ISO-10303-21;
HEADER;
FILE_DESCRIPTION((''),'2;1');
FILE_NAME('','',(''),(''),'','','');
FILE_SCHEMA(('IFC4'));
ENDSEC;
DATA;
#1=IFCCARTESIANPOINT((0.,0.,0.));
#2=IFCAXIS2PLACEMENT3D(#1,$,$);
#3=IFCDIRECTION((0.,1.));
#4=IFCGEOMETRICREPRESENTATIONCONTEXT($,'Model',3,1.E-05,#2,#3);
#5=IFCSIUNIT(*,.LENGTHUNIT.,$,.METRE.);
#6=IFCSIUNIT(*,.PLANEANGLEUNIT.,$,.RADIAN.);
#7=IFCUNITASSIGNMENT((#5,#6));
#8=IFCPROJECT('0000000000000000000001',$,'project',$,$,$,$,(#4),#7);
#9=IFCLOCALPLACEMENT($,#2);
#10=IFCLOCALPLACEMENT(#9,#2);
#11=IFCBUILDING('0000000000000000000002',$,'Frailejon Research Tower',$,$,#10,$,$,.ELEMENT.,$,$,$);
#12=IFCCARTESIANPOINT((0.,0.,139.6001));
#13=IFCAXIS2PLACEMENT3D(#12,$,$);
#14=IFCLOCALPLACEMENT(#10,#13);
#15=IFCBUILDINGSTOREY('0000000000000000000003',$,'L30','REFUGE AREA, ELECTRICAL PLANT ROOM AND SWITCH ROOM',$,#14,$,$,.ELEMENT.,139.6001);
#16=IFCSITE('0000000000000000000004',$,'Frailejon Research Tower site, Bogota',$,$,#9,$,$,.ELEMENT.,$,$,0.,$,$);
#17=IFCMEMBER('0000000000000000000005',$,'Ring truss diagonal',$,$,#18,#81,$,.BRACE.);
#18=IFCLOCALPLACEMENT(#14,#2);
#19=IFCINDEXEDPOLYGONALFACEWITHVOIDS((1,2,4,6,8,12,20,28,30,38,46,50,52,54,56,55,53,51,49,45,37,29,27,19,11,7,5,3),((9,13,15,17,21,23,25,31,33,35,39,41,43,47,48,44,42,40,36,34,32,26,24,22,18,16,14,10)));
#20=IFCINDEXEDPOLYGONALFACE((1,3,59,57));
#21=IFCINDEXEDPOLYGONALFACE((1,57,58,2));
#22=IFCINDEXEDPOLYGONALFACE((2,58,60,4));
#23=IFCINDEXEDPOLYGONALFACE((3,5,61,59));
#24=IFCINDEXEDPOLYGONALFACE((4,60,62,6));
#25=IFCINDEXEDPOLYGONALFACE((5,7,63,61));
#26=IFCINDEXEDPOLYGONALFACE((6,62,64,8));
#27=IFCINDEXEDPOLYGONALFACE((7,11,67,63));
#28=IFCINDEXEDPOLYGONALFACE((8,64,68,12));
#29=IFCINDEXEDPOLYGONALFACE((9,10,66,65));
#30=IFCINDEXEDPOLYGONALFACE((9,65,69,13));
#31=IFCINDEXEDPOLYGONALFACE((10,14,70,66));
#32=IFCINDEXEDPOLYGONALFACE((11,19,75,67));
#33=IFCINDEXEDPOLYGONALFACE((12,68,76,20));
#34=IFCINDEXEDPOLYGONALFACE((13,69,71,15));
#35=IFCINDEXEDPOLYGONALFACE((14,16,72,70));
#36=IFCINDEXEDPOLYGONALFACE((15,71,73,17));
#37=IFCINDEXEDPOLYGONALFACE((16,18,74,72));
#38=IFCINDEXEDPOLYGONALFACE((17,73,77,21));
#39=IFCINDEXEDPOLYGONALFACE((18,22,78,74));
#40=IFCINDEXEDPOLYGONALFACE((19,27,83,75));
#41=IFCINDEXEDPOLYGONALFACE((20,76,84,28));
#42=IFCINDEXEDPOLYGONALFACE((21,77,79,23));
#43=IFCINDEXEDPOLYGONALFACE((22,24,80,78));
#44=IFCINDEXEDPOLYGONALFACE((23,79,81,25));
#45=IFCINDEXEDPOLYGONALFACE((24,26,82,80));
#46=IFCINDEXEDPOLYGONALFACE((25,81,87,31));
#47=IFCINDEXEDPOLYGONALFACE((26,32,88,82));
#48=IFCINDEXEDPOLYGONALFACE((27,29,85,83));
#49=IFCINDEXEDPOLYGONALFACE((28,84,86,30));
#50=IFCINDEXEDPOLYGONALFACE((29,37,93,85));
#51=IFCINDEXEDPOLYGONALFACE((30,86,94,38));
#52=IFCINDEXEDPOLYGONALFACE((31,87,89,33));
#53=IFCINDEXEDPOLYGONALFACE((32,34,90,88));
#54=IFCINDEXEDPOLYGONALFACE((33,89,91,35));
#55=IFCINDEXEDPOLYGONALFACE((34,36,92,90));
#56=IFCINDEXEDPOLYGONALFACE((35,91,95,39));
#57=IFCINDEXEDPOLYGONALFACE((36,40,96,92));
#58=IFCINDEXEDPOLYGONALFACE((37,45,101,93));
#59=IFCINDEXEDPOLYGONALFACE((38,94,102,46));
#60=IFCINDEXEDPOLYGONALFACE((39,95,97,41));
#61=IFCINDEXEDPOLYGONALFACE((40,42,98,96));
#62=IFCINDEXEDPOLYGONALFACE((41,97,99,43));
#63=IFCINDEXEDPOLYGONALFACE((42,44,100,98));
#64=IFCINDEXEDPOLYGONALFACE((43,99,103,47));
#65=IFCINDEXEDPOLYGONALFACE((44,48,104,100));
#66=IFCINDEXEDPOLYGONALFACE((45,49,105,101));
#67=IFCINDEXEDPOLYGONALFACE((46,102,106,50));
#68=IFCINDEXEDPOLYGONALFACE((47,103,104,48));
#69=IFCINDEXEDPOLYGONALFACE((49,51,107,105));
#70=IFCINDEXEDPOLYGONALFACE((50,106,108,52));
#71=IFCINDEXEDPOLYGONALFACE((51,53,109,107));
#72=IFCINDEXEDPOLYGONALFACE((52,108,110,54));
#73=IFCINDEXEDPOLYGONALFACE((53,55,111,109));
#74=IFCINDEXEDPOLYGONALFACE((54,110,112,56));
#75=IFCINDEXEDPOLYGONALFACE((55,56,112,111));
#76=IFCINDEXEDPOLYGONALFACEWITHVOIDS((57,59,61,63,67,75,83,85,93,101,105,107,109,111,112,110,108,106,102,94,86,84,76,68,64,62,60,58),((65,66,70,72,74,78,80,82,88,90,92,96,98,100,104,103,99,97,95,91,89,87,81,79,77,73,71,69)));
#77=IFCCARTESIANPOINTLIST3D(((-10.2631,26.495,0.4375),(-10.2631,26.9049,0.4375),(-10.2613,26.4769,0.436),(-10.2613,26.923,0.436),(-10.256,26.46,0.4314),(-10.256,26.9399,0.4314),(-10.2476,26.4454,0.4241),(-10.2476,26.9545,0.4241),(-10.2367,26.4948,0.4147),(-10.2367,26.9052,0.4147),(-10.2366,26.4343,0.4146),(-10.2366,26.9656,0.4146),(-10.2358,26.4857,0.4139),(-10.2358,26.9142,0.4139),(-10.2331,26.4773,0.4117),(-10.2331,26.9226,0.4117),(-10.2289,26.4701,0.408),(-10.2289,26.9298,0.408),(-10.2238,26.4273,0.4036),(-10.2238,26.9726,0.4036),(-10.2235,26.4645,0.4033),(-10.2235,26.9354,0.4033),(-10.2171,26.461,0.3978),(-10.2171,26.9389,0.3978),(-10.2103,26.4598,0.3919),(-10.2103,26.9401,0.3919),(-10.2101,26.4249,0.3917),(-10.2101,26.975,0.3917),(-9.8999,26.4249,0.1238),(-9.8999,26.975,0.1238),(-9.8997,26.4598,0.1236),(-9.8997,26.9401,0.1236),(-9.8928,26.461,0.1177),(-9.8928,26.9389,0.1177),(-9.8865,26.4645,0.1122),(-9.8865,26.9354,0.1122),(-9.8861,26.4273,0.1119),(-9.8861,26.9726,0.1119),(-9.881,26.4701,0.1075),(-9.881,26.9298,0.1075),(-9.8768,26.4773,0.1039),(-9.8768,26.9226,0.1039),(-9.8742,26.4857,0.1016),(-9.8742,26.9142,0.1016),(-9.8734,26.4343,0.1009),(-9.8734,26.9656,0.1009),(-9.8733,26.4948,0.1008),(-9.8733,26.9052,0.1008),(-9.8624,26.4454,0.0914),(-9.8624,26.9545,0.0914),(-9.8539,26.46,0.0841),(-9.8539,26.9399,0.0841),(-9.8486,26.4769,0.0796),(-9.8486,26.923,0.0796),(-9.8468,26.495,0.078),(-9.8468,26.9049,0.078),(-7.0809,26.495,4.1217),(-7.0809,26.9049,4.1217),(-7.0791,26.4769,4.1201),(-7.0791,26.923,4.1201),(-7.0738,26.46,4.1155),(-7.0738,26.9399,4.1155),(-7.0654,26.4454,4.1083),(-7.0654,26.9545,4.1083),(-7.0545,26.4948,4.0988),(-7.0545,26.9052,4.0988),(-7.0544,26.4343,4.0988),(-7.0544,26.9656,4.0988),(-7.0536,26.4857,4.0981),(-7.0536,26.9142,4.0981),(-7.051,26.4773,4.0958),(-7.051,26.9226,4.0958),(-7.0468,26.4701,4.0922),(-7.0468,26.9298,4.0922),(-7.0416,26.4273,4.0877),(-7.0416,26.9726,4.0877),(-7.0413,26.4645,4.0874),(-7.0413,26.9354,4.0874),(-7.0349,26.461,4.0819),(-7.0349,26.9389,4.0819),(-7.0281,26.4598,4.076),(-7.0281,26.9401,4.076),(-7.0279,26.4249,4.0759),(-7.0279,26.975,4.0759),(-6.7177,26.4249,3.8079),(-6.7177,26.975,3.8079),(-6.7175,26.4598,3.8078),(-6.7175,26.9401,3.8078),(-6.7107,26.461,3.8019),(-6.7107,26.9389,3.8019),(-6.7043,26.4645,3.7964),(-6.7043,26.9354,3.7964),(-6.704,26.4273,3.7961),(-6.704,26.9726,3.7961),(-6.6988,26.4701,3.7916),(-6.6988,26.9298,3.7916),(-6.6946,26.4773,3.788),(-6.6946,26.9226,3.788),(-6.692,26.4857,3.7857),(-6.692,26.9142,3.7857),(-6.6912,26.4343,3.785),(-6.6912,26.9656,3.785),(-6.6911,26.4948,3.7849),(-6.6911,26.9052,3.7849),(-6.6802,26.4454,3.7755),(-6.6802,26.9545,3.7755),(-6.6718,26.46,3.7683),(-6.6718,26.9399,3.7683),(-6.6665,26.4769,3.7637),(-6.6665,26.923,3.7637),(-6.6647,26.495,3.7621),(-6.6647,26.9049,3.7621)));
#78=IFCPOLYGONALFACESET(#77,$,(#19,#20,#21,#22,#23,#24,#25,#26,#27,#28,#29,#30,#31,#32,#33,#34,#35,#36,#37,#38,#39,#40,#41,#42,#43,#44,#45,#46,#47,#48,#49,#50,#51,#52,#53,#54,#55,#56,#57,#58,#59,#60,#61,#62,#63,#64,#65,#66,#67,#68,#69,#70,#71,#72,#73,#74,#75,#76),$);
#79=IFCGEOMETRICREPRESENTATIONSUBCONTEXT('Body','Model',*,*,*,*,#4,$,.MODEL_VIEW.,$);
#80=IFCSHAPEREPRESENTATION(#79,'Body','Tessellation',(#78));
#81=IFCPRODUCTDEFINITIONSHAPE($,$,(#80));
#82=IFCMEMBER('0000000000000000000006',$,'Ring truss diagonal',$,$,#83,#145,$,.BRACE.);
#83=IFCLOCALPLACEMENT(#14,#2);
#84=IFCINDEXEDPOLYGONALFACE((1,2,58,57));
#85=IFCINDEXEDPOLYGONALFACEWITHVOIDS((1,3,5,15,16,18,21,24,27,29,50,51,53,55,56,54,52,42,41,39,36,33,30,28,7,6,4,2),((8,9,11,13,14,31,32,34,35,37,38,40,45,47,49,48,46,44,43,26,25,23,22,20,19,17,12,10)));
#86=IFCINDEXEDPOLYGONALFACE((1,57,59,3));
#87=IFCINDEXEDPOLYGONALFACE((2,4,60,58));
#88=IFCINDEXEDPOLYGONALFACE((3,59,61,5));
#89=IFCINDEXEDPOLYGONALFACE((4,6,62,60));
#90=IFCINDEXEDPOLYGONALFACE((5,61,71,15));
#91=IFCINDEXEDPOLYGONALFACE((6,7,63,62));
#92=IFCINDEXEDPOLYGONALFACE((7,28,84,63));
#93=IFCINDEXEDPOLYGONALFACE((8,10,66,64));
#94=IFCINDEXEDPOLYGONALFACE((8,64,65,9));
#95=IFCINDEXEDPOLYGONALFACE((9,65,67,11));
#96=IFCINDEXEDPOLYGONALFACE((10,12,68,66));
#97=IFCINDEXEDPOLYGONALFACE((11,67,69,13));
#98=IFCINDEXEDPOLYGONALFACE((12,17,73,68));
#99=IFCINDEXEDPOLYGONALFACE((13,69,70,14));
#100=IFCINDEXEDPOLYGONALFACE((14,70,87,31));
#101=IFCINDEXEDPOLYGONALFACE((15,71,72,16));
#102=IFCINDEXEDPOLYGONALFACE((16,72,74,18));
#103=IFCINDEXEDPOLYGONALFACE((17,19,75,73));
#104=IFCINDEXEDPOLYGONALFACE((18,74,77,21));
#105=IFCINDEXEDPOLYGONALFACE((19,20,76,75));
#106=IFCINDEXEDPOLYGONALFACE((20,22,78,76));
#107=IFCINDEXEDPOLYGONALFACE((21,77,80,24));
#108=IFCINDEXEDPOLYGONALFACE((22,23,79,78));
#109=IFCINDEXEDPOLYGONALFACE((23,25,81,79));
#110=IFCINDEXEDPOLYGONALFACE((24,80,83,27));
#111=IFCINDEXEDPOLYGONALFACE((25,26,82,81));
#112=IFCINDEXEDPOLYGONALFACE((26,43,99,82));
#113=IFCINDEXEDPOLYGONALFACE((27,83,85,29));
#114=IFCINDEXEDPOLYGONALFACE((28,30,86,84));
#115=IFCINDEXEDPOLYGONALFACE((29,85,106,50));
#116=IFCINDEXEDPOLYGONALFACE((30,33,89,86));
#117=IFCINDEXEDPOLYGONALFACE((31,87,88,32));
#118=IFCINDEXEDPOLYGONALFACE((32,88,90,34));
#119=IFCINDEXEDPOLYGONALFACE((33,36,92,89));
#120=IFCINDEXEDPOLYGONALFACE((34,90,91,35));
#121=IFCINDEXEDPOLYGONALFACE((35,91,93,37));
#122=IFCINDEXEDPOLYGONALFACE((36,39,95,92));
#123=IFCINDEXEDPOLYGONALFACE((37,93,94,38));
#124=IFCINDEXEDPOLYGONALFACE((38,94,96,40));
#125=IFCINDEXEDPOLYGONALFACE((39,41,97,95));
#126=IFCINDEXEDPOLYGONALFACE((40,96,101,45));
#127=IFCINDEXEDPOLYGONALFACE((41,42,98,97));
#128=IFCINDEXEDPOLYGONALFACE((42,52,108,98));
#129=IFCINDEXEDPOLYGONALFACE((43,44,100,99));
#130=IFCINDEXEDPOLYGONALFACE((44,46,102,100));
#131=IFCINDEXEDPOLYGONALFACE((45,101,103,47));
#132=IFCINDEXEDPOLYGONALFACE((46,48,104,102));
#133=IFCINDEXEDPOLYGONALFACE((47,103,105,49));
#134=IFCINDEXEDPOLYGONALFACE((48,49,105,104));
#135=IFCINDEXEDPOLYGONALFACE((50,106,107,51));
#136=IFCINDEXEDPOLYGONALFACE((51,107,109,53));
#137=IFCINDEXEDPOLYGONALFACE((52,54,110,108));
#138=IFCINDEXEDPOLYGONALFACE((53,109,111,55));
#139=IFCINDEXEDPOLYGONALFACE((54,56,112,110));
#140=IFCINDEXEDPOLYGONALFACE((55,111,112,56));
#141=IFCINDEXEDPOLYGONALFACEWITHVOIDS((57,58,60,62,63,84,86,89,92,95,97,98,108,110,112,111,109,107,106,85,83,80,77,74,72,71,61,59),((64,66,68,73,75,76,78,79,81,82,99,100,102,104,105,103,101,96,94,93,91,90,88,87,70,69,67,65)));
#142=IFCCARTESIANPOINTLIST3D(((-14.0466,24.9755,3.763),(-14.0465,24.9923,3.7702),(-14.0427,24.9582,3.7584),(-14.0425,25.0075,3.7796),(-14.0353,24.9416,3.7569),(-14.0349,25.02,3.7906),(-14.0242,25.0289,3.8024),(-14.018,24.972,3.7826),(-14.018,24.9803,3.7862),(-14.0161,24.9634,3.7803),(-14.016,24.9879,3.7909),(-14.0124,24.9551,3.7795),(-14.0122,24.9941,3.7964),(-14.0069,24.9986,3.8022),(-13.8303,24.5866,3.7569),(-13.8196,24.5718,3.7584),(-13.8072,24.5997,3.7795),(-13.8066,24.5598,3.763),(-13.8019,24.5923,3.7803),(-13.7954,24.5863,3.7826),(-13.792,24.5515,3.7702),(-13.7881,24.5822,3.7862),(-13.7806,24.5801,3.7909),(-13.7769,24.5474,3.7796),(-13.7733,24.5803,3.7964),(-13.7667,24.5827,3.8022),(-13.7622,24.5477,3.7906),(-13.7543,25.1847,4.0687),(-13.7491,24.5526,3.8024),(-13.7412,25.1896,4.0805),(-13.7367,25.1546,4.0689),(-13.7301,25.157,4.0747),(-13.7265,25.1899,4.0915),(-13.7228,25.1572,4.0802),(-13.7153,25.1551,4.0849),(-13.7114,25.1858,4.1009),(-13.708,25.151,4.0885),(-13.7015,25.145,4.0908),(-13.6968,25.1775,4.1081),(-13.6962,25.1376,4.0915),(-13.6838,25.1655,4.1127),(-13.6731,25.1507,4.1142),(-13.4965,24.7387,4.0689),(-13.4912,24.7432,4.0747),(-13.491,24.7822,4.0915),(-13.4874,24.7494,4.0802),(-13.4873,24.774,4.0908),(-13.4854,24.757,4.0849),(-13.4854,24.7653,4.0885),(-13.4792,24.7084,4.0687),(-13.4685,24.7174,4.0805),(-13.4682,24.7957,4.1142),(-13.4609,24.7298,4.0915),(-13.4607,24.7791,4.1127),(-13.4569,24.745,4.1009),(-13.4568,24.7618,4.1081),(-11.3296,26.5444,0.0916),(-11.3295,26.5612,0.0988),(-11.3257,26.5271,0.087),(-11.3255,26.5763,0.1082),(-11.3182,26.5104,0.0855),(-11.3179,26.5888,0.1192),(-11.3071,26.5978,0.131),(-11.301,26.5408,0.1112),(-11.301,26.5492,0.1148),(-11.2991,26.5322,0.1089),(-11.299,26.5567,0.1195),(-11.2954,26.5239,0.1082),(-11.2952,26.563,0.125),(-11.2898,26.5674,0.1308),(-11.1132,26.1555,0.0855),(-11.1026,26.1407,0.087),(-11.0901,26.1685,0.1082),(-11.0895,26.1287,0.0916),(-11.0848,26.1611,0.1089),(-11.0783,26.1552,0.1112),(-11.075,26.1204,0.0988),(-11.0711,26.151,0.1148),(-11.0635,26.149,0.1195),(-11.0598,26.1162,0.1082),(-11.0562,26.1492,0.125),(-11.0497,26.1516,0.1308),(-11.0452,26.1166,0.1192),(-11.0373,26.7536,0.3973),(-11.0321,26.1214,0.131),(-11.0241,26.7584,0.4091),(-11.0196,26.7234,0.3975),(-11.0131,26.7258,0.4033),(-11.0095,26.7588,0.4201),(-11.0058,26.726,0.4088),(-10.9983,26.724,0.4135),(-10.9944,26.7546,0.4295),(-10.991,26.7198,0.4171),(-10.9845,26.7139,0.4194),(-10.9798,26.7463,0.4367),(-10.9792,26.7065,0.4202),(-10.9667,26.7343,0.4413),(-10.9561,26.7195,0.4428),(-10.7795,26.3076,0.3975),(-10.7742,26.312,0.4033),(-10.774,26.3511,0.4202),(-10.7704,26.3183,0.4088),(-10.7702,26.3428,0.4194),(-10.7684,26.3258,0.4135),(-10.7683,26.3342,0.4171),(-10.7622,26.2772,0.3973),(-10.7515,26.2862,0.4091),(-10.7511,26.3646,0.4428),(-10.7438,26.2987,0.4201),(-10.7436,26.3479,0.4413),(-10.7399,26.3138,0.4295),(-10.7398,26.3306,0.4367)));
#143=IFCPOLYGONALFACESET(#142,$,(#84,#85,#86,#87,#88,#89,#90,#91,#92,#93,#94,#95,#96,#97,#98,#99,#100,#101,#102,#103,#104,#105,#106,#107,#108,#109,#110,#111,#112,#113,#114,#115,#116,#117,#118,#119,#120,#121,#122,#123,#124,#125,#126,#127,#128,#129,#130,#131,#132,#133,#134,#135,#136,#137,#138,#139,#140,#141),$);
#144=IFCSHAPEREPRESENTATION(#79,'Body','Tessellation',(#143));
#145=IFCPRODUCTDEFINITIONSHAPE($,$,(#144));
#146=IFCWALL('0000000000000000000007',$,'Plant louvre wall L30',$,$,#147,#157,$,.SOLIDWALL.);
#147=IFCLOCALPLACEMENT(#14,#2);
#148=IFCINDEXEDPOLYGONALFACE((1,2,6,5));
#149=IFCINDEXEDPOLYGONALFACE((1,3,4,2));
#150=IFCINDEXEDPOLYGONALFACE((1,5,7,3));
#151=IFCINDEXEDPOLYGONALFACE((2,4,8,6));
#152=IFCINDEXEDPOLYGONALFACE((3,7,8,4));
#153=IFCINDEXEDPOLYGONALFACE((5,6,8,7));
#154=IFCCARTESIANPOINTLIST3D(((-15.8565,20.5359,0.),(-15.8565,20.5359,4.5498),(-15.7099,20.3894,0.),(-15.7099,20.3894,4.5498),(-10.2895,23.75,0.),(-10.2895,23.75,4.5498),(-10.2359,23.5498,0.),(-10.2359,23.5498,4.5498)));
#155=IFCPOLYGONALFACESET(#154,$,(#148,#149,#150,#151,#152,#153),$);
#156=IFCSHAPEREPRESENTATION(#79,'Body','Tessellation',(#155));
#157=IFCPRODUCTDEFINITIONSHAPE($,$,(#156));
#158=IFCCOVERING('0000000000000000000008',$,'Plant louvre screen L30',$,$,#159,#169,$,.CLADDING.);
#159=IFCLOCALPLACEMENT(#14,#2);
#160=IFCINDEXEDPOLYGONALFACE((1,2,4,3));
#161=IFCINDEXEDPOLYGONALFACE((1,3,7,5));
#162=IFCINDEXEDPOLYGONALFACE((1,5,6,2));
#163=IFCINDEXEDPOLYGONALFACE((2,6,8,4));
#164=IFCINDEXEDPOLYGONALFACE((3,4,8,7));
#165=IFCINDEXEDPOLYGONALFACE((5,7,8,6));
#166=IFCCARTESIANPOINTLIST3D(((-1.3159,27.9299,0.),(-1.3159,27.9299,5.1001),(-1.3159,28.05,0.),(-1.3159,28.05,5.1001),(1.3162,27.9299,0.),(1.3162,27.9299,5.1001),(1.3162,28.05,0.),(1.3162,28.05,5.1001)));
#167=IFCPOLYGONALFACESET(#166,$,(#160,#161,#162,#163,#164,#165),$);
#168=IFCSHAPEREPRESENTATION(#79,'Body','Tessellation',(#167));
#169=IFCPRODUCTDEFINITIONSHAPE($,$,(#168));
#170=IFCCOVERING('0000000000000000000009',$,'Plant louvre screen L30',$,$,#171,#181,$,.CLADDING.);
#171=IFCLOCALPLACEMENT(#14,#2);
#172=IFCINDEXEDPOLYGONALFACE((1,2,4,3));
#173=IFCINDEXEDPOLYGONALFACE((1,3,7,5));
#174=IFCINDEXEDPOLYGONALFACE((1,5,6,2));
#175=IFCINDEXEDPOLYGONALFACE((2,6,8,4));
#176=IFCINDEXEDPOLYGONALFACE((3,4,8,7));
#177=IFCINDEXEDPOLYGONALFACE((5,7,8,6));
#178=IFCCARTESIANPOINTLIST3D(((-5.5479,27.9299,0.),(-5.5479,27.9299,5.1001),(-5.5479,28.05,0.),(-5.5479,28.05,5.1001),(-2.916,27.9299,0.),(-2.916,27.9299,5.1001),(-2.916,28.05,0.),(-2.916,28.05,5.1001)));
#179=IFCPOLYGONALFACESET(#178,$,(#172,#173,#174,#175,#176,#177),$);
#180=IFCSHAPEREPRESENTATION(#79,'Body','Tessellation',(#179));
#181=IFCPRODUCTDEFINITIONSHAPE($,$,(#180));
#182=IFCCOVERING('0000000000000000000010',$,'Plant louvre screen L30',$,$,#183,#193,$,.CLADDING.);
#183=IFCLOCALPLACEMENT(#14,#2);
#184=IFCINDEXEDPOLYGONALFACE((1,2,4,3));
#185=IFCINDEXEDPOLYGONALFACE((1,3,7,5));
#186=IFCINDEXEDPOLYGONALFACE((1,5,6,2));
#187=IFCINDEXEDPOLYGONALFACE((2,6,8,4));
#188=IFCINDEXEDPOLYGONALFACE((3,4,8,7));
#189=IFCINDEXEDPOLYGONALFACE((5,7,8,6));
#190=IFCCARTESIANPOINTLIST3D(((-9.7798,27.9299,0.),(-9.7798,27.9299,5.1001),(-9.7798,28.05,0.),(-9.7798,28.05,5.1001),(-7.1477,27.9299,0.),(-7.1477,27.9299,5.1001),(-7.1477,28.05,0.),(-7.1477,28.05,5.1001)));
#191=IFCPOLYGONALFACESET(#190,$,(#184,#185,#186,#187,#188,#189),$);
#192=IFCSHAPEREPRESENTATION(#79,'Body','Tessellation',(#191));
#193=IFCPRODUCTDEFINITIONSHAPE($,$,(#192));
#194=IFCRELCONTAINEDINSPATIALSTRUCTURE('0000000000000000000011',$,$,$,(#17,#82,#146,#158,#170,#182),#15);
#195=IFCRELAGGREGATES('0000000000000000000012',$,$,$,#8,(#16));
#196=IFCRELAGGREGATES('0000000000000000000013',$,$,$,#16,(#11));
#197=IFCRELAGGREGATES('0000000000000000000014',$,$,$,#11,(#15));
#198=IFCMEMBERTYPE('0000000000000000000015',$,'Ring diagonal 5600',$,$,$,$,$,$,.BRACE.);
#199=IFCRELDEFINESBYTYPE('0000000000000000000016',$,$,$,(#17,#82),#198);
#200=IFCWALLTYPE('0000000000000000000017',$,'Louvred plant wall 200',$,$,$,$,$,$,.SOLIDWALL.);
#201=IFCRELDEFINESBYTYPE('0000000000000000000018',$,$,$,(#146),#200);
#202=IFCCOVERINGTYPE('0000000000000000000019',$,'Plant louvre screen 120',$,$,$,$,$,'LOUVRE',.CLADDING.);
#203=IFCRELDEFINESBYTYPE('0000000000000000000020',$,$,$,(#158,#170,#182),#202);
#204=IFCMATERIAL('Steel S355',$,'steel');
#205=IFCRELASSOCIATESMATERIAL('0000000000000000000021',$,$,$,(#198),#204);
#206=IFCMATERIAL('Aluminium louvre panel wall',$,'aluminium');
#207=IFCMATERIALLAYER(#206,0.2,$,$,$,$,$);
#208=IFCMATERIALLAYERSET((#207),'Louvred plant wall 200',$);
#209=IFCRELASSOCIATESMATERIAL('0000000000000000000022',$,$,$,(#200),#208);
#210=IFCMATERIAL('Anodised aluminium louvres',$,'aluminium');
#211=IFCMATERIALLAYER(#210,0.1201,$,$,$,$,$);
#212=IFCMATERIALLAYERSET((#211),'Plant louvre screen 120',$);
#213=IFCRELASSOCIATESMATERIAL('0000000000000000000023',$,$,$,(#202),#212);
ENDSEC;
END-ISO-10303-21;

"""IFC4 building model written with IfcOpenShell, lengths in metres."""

from ifc_helpers import new_model, si_unit, direction, frame, origin, origin_2d, place, context, subcontext, project, spatial, polyline, hollow_rectangle, outline, extrude, material, layer, layer_set, material_profile, profile_set, type_object, element, save


model = new_model("IFC4")

# Units and contexts
model_context = context("Model", 3, precision=1e-05, world=origin(), true_north=direction((0.0, 1.0)))
body_context = subcontext(model_context, "Body", "Model", "MODEL_VIEW")
ifc_project = project(units=[si_unit("LENGTHUNIT", "METRE"), si_unit("PLANEANGLEUNIT", "RADIAN")], contexts=[model_context])

# Site, building, storey
site_placement = place(None, origin())
site = spatial("IfcSite", under=ifc_project, at=site_placement, Name="Frailejon Research Tower site, Bogota", CompositionType="ELEMENT", RefElevation=0.0)
building_placement = place(site_placement, origin())
building = spatial("IfcBuilding", under=site, at=building_placement, Name="Frailejon Research Tower", CompositionType="ELEMENT")
storey_placement = place(building_placement, frame((0.0, 0.0, 139.6001)))
storey = spatial("IfcBuildingStorey", under=building, at=storey_placement, Name="L30", Description="REFUGE AREA, ELECTRICAL PLANT ROOM AND SWITCH ROOM", CompositionType="ELEMENT", Elevation=139.6001)

# Members
ifc_material_1 = material(Name="Steel S355", Category="steel")
ifc_material_profile_1 = material_profile(ifc_material_1, hollow_rectangle(XDim=0.55, YDim=0.55, WallThickness=0.0349, InnerFilletRadius=0.0349, OuterFilletRadius=0.0701, at=origin_2d()), Name="Ring diagonal 5600")
ifc_profile_set_1 = profile_set([ifc_material_profile_1], Name="Steel S355")
member_type = type_object("IfcMemberType", Name="Ring diagonal 5600", PredefinedType="BRACE", material=ifc_profile_set_1)
member_1_placement = place(storey_placement, frame((-6.8728, 26.7, 3.9419), z_axis=(-0.653669, 0.0, -0.75678), x_axis=(0.0, -1.0, 0.0)))
element("IfcMember", 1, at=member_1_placement, inside=storey, type_object=member_type, Name="Ring truss diagonal", PredefinedType="BRACE", context=body_context, shape_type="SweptSolid", body=[
    extrude(hollow_rectangle(XDim=0.55, YDim=0.55, WallThickness=0.0349, InnerFilletRadius=0.0349, OuterFilletRadius=0.0701, at=origin_2d()), origin(), (0.0, 0.0, 1.0), 4.8682),
])
member_2_placement = place(storey_placement, frame((-11.0347, 26.4375, 0.2642), z_axis=(-0.562609, -0.324857, 0.760223), x_axis=(0.500039, -0.866003, 0.0)))
element("IfcMember", 2, at=member_2_placement, inside=storey, type_object=member_type, Name="Ring truss diagonal", PredefinedType="BRACE", context=body_context, shape_type="SweptSolid", body=[
    extrude(hollow_rectangle(XDim=0.55, YDim=0.55, WallThickness=0.0349, InnerFilletRadius=0.0349, OuterFilletRadius=0.0701, at=origin_2d()), origin(), (0.0, 0.0, 1.0), 4.8293),
])

# Wall
ifc_material_2 = material(Name="Aluminium louvre panel wall", Category="aluminium")
ifc_layer_1 = layer(ifc_material_2, 0.2)
ifc_layer_set_1 = layer_set([ifc_layer_1], Name="Louvred plant wall 200")
wall_type = type_object("IfcWallType", Name="Louvred plant wall 200", PredefinedType="SOLIDWALL", material=ifc_layer_set_1)
wall_placement = place(storey_placement, frame((-10.2627, 23.6499, 0.0), z_axis=(0.0, 0.0, 1.0), x_axis=(-0.866026, -0.499999, 0.0)))
element("IfcWall", 3, at=wall_placement, inside=storey, type_object=wall_type, Name="Plant louvre wall L30", PredefinedType="SOLIDWALL", context=body_context, shape_type="SweptSolid", body=[
    extrude(outline(polyline([(-0.0269, -0.1001), (6.4014, -0.1001), (6.3477, 0.1001), (0.0269, 0.1001), (-0.0269, -0.1001)])), origin(), (0.0, 0.0, 1.0), 4.5498),
])

# Coverings
ifc_material_3 = material(Name="Anodised aluminium louvres", Category="aluminium")
ifc_layer_2 = layer(ifc_material_3, 0.1201)
ifc_layer_set_2 = layer_set([ifc_layer_2], Name="Plant louvre screen 120")
covering_type = type_object("IfcCoveringType", Name="Plant louvre screen 120", ElementType="LOUVRE", PredefinedType="CLADDING", material=ifc_layer_set_2)
covering_1_placement = place(storey_placement, frame((-1.3159, 28.05, 0.0), z_axis=(1.0, 0.0, 0.0), x_axis=(0.0, 1.0, 0.0)))
element("IfcCovering", 4, at=covering_1_placement, inside=storey, type_object=covering_type, Name="Plant louvre screen L30", PredefinedType="CLADDING", context=body_context, shape_type="SweptSolid", body=[
    extrude(outline(polyline([(-0.1201, 0.0), (0.0, 0.0), (0.0, 5.1001), (-0.1201, 5.1001), (-0.1201, 0.0)])), origin(), (0.0, 0.0, 1.0), 2.6321),
])
covering_2_placement = place(storey_placement, frame((-5.5479, 28.05, 0.0), z_axis=(1.0, 0.0, 0.0), x_axis=(0.0, 1.0, 0.0)))
element("IfcCovering", 5, at=covering_2_placement, inside=storey, type_object=covering_type, Name="Plant louvre screen L30", PredefinedType="CLADDING", context=body_context, shape_type="SweptSolid", body=[
    extrude(outline(polyline([(-0.1201, 0.0), (0.0, 0.0), (0.0, 5.1001), (-0.1201, 5.1001), (-0.1201, 0.0)])), origin(), (0.0, 0.0, 1.0), 2.6318),
])
covering_3_placement = place(storey_placement, frame((-9.7798, 28.05, 0.0), z_axis=(1.0, 0.0, 0.0), x_axis=(0.0, 1.0, 0.0)))
element("IfcCovering", 6, at=covering_3_placement, inside=storey, type_object=covering_type, Name="Plant louvre screen L30", PredefinedType="CLADDING", context=body_context, shape_type="SweptSolid", body=[
    extrude(outline(polyline([(-0.1201, 0.0), (0.0, 0.0), (0.0, 5.1001), (-0.1201, 5.1001), (-0.1201, 0.0)])), origin(), (0.0, 0.0, 1.0), 2.6321),
])

save(model, "model.ifc")
